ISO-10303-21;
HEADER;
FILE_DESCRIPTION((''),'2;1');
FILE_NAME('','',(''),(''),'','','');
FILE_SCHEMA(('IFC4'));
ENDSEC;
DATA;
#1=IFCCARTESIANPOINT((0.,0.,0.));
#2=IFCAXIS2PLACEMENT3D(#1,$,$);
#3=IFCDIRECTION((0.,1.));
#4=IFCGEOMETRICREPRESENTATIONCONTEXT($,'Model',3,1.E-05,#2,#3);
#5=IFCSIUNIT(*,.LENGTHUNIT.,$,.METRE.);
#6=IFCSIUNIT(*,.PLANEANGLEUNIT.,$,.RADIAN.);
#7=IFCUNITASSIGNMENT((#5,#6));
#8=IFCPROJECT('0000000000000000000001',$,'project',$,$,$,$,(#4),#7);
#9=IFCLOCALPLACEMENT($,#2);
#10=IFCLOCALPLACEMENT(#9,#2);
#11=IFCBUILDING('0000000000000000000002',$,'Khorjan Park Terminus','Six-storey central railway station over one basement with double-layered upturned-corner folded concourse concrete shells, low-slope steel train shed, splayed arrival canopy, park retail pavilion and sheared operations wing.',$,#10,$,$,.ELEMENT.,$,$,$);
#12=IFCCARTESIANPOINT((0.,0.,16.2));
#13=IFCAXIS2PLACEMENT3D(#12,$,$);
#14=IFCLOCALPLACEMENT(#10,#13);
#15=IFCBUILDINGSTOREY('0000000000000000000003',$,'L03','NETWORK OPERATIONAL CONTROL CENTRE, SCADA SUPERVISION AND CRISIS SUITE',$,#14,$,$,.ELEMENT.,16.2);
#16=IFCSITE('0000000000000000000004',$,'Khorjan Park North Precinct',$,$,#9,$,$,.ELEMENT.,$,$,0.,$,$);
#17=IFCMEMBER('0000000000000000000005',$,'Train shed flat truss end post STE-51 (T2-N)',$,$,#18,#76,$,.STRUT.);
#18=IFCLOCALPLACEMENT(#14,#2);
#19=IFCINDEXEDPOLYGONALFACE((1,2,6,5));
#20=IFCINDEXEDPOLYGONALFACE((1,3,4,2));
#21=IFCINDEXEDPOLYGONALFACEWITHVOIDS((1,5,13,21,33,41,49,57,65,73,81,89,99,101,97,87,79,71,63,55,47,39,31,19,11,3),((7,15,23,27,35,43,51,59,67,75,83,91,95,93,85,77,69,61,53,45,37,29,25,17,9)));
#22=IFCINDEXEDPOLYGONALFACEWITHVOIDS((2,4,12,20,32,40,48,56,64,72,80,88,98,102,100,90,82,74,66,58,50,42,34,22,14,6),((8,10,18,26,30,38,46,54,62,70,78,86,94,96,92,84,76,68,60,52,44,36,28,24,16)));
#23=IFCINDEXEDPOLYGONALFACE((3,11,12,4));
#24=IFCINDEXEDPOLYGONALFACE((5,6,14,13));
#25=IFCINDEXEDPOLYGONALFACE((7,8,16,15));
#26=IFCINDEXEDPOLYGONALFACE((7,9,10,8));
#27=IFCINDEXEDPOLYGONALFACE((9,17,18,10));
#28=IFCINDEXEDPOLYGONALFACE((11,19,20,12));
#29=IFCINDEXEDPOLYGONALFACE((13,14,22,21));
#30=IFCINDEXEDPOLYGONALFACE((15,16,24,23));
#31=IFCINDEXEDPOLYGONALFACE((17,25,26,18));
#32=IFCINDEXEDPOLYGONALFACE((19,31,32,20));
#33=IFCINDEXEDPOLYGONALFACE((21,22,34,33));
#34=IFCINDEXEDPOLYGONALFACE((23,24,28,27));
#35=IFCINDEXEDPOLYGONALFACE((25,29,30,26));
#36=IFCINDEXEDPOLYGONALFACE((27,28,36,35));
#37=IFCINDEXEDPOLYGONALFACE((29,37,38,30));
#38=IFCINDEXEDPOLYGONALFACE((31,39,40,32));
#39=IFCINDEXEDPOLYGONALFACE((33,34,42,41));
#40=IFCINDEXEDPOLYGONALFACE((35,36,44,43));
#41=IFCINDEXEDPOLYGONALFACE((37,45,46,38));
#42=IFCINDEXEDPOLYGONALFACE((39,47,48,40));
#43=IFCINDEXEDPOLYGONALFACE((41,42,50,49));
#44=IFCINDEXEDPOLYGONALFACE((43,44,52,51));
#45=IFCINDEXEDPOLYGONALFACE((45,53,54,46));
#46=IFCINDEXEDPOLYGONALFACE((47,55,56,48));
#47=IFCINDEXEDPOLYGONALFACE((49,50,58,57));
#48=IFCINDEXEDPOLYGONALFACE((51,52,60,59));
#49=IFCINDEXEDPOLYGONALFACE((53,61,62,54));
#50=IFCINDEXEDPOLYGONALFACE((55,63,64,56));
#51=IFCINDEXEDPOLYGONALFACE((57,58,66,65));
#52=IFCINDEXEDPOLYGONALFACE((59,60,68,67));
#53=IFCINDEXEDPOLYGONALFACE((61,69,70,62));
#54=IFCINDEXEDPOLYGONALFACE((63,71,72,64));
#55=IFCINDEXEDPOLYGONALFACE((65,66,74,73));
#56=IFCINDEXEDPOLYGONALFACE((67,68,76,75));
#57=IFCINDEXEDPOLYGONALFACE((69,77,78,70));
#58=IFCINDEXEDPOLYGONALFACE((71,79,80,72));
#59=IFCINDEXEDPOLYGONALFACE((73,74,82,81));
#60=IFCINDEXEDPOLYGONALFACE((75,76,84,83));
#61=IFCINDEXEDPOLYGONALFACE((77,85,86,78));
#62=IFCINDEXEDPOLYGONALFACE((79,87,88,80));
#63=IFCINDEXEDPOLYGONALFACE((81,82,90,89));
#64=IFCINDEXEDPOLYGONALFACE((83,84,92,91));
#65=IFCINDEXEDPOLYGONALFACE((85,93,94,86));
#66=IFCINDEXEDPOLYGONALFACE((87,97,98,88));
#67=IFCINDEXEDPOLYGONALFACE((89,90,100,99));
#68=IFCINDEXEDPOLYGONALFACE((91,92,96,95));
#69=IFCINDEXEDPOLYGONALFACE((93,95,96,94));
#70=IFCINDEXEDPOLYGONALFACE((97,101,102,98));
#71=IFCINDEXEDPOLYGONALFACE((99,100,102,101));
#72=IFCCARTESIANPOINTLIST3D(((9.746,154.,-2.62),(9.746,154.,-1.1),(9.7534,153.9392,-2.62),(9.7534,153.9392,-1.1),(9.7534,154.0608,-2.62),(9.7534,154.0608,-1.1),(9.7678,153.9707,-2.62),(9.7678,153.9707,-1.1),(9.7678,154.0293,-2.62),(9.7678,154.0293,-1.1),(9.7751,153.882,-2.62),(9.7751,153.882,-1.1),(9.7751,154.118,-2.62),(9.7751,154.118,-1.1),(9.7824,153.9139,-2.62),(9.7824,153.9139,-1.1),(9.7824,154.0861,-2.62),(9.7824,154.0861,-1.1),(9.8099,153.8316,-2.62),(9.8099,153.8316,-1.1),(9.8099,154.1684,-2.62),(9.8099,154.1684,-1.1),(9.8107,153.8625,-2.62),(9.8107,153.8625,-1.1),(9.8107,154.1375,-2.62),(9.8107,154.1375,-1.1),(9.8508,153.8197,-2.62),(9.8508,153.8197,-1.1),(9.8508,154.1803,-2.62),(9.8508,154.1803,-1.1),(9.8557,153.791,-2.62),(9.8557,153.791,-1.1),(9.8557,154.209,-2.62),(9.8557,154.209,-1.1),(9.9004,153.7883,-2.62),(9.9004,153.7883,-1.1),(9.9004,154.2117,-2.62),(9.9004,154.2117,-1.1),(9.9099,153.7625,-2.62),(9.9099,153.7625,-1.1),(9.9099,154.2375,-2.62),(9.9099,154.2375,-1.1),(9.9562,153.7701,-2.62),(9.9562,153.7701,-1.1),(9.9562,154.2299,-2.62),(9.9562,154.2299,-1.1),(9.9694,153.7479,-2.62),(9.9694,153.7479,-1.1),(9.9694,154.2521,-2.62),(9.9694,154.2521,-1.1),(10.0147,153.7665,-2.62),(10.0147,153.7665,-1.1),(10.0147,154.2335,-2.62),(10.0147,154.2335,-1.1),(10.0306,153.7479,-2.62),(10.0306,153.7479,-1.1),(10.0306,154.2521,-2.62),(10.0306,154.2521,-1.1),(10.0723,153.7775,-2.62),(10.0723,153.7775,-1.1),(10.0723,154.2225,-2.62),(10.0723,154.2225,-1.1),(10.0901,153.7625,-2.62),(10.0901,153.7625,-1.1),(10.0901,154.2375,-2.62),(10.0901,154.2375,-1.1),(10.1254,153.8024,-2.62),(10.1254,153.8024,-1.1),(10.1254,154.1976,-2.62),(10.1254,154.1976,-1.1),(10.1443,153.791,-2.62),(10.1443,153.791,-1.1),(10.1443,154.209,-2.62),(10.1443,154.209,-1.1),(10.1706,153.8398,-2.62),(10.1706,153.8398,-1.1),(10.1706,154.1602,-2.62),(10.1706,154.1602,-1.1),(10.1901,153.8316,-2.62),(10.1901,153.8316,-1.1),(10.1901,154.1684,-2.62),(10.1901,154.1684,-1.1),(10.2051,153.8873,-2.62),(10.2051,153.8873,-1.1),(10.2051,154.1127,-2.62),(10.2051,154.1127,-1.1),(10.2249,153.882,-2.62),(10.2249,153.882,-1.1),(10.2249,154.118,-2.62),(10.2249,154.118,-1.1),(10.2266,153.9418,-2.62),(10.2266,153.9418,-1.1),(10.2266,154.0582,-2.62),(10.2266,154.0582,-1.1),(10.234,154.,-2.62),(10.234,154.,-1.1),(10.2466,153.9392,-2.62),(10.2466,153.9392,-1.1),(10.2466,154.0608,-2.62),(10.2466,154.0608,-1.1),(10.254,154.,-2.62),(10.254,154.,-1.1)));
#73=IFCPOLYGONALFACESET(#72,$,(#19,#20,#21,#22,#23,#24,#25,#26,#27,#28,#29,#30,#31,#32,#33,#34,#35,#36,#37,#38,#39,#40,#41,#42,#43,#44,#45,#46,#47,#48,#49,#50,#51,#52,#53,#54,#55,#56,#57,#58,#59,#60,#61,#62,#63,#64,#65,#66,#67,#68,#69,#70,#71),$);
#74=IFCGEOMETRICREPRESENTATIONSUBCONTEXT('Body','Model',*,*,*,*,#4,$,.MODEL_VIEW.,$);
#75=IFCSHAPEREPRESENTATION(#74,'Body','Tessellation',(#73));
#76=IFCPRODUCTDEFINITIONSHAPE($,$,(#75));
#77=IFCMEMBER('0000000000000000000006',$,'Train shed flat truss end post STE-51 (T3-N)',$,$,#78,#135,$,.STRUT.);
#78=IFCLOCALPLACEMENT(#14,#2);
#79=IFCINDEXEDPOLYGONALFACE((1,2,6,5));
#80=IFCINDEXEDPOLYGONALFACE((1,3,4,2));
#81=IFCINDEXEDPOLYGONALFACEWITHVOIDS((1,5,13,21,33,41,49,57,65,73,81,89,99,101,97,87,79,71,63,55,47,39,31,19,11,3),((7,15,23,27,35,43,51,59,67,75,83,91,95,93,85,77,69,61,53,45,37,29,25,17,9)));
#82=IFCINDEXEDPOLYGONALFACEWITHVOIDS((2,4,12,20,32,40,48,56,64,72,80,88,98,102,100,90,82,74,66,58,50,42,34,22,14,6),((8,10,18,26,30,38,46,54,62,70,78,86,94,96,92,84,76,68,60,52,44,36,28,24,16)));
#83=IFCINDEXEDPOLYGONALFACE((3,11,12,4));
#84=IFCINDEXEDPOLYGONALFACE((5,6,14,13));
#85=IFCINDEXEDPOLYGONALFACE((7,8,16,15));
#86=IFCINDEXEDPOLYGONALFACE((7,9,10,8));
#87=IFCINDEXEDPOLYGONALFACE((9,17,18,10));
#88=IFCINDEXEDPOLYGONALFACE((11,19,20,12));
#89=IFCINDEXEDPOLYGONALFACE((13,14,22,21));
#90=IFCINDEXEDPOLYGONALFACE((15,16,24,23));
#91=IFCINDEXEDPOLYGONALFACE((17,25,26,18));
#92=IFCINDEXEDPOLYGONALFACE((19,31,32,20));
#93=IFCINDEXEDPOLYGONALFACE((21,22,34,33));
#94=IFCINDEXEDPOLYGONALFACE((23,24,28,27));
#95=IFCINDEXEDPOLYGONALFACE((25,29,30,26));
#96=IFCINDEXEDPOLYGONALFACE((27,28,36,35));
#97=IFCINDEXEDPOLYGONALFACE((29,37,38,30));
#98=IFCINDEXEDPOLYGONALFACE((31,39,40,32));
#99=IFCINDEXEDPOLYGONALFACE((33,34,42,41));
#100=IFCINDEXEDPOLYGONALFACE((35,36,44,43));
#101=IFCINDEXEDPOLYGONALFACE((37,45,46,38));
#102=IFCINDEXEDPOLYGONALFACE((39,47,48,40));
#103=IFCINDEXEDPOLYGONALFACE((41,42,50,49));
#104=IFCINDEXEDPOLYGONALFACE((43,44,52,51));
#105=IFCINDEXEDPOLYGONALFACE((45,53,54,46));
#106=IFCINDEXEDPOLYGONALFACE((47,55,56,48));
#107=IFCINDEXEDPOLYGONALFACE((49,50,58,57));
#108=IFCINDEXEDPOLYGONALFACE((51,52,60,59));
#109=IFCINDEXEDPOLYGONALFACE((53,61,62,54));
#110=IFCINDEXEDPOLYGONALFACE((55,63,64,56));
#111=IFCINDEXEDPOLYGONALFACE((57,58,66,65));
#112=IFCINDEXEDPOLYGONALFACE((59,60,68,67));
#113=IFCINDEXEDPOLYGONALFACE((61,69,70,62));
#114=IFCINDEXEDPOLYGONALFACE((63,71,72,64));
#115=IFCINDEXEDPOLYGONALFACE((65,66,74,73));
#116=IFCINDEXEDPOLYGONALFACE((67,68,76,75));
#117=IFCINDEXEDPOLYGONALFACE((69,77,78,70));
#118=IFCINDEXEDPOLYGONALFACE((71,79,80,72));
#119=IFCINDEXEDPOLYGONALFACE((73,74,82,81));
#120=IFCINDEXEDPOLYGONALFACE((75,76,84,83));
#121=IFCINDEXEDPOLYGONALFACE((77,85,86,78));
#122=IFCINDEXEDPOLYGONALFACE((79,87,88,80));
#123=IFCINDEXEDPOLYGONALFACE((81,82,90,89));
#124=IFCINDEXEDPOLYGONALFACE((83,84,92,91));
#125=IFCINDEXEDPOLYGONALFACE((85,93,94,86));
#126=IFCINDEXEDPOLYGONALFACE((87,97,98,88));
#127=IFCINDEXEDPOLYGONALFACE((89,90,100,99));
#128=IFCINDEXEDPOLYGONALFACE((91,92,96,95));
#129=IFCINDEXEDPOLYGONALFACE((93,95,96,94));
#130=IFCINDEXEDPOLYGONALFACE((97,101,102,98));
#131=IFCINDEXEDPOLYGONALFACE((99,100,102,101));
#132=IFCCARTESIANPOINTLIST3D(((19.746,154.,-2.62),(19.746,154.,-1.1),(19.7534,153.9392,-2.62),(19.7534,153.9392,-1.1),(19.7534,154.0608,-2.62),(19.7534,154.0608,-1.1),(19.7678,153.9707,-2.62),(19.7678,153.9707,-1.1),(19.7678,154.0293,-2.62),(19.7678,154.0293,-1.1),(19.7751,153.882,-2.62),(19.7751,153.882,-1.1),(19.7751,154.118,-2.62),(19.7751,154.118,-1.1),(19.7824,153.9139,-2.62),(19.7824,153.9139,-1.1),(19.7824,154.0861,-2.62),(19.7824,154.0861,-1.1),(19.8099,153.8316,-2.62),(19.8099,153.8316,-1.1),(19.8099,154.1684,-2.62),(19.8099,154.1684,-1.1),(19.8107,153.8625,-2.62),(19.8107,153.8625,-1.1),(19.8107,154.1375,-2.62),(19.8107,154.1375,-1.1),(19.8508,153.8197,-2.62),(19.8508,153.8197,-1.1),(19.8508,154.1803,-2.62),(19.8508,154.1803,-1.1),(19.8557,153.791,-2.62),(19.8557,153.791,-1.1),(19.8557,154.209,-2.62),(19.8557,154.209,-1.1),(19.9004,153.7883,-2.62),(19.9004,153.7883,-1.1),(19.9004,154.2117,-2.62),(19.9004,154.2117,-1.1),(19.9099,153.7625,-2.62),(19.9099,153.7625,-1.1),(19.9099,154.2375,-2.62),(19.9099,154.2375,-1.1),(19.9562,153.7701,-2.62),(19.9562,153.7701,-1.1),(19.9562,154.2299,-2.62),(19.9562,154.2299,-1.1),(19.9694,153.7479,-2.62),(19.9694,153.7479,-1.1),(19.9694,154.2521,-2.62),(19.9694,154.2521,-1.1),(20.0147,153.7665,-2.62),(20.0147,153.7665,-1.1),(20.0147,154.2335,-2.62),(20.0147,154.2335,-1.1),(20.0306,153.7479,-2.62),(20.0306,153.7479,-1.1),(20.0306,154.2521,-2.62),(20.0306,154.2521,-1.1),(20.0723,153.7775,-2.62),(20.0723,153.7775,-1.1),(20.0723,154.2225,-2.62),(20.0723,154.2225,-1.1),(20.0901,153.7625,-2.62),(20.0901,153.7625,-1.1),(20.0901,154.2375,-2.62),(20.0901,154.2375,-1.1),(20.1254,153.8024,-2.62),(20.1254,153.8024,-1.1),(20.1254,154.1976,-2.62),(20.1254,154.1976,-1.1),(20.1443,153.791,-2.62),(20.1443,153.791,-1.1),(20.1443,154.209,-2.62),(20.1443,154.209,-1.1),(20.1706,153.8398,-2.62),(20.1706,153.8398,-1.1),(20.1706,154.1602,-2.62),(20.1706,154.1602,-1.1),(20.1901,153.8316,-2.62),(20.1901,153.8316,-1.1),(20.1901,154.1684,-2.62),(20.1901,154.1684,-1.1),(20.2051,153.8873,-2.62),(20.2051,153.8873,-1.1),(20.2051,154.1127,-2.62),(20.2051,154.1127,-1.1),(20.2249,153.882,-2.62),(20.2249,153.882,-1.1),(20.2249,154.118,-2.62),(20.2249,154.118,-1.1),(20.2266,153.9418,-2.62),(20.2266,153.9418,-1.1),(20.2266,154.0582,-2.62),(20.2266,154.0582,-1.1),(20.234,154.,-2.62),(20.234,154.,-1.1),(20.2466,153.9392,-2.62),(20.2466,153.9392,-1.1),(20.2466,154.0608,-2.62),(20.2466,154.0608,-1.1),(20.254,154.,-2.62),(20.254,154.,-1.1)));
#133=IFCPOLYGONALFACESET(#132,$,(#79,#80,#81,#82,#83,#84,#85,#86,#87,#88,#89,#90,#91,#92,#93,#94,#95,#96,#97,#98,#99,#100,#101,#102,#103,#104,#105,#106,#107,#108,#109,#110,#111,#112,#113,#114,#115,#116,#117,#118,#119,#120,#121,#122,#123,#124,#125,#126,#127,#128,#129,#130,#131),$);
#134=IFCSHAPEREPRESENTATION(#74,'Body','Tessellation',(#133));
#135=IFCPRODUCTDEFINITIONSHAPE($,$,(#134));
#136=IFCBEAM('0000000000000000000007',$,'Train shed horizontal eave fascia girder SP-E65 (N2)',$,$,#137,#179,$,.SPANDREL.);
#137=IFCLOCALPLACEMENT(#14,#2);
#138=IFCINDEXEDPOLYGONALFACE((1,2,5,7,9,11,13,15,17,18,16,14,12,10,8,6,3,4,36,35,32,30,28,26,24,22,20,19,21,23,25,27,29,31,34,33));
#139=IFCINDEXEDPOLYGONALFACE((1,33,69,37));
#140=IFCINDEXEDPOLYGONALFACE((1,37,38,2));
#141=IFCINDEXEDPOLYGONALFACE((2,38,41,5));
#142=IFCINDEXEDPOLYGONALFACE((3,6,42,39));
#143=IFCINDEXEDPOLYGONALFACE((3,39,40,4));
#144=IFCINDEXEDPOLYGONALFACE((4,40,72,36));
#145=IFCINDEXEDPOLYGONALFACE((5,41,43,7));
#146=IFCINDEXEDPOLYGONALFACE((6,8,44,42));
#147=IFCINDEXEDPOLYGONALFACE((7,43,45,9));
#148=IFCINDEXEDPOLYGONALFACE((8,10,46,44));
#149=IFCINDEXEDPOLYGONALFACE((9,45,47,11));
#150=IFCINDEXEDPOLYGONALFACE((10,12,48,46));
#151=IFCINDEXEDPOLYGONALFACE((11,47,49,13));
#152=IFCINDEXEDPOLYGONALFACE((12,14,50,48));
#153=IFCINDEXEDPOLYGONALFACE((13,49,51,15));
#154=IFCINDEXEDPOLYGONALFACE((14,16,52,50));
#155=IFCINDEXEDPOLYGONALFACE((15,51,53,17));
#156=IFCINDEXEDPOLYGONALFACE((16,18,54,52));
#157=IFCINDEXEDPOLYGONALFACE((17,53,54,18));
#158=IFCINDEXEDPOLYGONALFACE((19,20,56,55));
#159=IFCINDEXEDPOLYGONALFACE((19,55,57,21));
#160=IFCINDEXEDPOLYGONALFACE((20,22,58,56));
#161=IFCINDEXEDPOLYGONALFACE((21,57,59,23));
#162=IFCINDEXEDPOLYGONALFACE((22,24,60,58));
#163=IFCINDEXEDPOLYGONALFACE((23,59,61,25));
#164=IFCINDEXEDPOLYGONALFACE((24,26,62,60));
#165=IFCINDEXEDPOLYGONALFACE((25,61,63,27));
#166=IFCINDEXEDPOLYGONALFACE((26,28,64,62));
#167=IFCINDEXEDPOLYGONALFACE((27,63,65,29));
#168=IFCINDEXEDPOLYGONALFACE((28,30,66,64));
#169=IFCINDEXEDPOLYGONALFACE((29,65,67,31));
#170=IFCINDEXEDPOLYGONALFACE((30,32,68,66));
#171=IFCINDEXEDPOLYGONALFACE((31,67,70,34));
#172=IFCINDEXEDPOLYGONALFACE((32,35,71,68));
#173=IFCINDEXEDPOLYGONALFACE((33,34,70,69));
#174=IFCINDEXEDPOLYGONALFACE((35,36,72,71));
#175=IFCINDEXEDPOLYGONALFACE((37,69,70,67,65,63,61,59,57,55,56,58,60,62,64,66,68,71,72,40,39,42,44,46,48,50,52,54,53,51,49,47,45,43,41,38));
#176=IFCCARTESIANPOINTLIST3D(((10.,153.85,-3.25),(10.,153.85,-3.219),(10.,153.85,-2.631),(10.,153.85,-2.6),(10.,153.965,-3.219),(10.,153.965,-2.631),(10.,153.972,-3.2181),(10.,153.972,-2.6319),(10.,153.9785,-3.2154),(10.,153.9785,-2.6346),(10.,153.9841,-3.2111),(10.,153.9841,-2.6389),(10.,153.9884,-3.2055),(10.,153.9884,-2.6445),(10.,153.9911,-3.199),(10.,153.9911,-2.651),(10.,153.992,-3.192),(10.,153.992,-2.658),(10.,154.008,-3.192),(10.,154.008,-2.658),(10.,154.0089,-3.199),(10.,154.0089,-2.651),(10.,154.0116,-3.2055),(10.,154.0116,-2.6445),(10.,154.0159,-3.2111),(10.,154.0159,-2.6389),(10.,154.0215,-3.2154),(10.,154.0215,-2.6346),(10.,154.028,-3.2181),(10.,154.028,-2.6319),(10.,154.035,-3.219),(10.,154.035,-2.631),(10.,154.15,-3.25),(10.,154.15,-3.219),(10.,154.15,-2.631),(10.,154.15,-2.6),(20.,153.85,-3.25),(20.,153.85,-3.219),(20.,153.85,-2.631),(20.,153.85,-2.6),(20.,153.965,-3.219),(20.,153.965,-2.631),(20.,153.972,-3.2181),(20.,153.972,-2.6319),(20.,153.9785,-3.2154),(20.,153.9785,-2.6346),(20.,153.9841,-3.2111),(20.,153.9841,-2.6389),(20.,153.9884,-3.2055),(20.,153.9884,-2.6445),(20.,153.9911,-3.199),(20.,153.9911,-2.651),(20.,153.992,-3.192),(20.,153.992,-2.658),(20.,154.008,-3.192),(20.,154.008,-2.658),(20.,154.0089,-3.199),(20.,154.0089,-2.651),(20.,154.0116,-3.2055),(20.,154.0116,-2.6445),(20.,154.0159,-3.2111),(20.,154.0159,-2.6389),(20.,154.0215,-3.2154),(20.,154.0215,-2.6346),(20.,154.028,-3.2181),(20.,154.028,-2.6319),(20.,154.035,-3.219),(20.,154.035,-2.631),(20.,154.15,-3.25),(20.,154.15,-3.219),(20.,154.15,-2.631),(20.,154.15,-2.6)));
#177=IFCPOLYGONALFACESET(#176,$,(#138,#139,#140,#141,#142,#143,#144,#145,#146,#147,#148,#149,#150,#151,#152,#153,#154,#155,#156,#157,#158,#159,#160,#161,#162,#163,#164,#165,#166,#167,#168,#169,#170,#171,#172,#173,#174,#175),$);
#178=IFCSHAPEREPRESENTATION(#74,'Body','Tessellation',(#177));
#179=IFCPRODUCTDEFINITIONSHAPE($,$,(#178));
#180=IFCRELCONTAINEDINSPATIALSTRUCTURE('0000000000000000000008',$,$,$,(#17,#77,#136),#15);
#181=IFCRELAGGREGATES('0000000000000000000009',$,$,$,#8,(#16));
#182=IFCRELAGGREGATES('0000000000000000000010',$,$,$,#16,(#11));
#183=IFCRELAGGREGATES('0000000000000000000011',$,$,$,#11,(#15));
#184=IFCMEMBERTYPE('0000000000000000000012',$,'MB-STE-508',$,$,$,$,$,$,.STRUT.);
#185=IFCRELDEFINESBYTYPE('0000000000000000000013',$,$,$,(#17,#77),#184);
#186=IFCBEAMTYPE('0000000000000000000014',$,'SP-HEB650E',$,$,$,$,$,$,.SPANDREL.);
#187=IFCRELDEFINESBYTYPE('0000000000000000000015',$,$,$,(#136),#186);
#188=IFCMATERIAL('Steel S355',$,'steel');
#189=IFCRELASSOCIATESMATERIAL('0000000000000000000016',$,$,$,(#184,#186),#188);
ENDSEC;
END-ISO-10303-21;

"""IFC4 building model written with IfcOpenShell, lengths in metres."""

from ifc_helpers import new_model, si_unit, direction, frame, origin, origin_2d, place, context, subcontext, project, spatial, hollow_circle, i_section, extrude, material, material_profile, profile_set, type_object, element, save


model = new_model("IFC4")

# Units and contexts
model_context = context("Model", 3, precision=1e-05, world=origin(), true_north=direction((0.0, 1.0)))
body_context = subcontext(model_context, "Body", "Model", "MODEL_VIEW")
ifc_project = project(units=[si_unit("LENGTHUNIT", "METRE"), si_unit("PLANEANGLEUNIT", "RADIAN")], contexts=[model_context])

# Site, building, storey
site_placement = place(None, origin())
site = spatial("IfcSite", under=ifc_project, at=site_placement, Name="Khorjan Park North Precinct", CompositionType="ELEMENT", RefElevation=0.0)
building_placement = place(site_placement, origin())
building = spatial("IfcBuilding", under=site, at=building_placement, Name="Khorjan Park Terminus", Description="Six-storey central railway station over one basement with double-layered upturned-corner folded concourse concrete shells, low-slope steel train shed, splayed arrival canopy, park retail pavilion and sheared operations wing.", CompositionType="ELEMENT")
storey_placement = place(building_placement, frame((0.0, 0.0, 16.2)))
storey = spatial("IfcBuildingStorey", under=building, at=storey_placement, Name="L03", Description="NETWORK OPERATIONAL CONTROL CENTRE, SCADA SUPERVISION AND CRISIS SUITE", CompositionType="ELEMENT", Elevation=16.2)

# Members
ifc_material = material(Name="Steel S355", Category="steel")
ifc_material_profile_1 = material_profile(ifc_material, hollow_circle(Radius=0.254, WallThickness=0.02, at=origin_2d()), Name="CHS 508x20")
ifc_profile_set_1 = profile_set([ifc_material_profile_1], Name="Steel S355")
member_type_1 = type_object("IfcMemberType", Name="MB-STE-508", PredefinedType="STRUT", material=ifc_profile_set_1)
for number, where, z_axis, x_axis, name in (
    (1, (10.0, 154.0, -2.62), (0.0, 0.0, 1.0), (1.0, 0.0, 0.0), "Train shed flat truss end post STE-51 (T2-N)"),
    (2, (20.0, 154.0, -2.62), (0.0, 0.0, 1.0), (1.0, 0.0, 0.0), "Train shed flat truss end post STE-51 (T3-N)"),
):
    element("IfcMember", number, at=place(storey_placement, frame(where, z_axis=z_axis, x_axis=x_axis)), inside=storey, type_object=member_type_1, Name=name, PredefinedType="STRUT", context=body_context, shape_type="SweptSolid", body=[
        extrude(hollow_circle(Radius=0.254, WallThickness=0.02, at=origin_2d()), origin(), (0.0, 0.0, 1.0), 1.52),
    ])

# Beam
ifc_material_profile_2 = material_profile(ifc_material, i_section(OverallWidth=0.3, OverallDepth=0.65, WebThickness=0.016, FlangeThickness=0.031, FilletRadius=0.027, at=origin_2d()), Name="HEB 650")
ifc_profile_set_2 = profile_set([ifc_material_profile_2], Name="Steel S355")
beam_type = type_object("IfcBeamType", Name="SP-HEB650E", PredefinedType="SPANDREL", material=ifc_profile_set_2)
for number, where, z_axis, x_axis, name in (
    (3, (10.0, 154.0, -2.925), (1.0, 0.0, 0.0), (0.0, 1.0, 0.0), "Train shed horizontal eave fascia girder SP-E65 (N2)"),
):
    element("IfcBeam", number, at=place(storey_placement, frame(where, z_axis=z_axis, x_axis=x_axis)), inside=storey, type_object=beam_type, Name=name, PredefinedType="SPANDREL", context=body_context, shape_type="SweptSolid", body=[
        extrude(i_section(OverallWidth=0.3, OverallDepth=0.65, WebThickness=0.016, FlangeThickness=0.031, FilletRadius=0.027, at=origin_2d()), origin(), (0.0, 0.0, 1.0), 10.0),
    ])

save(model, "model.ifc")
